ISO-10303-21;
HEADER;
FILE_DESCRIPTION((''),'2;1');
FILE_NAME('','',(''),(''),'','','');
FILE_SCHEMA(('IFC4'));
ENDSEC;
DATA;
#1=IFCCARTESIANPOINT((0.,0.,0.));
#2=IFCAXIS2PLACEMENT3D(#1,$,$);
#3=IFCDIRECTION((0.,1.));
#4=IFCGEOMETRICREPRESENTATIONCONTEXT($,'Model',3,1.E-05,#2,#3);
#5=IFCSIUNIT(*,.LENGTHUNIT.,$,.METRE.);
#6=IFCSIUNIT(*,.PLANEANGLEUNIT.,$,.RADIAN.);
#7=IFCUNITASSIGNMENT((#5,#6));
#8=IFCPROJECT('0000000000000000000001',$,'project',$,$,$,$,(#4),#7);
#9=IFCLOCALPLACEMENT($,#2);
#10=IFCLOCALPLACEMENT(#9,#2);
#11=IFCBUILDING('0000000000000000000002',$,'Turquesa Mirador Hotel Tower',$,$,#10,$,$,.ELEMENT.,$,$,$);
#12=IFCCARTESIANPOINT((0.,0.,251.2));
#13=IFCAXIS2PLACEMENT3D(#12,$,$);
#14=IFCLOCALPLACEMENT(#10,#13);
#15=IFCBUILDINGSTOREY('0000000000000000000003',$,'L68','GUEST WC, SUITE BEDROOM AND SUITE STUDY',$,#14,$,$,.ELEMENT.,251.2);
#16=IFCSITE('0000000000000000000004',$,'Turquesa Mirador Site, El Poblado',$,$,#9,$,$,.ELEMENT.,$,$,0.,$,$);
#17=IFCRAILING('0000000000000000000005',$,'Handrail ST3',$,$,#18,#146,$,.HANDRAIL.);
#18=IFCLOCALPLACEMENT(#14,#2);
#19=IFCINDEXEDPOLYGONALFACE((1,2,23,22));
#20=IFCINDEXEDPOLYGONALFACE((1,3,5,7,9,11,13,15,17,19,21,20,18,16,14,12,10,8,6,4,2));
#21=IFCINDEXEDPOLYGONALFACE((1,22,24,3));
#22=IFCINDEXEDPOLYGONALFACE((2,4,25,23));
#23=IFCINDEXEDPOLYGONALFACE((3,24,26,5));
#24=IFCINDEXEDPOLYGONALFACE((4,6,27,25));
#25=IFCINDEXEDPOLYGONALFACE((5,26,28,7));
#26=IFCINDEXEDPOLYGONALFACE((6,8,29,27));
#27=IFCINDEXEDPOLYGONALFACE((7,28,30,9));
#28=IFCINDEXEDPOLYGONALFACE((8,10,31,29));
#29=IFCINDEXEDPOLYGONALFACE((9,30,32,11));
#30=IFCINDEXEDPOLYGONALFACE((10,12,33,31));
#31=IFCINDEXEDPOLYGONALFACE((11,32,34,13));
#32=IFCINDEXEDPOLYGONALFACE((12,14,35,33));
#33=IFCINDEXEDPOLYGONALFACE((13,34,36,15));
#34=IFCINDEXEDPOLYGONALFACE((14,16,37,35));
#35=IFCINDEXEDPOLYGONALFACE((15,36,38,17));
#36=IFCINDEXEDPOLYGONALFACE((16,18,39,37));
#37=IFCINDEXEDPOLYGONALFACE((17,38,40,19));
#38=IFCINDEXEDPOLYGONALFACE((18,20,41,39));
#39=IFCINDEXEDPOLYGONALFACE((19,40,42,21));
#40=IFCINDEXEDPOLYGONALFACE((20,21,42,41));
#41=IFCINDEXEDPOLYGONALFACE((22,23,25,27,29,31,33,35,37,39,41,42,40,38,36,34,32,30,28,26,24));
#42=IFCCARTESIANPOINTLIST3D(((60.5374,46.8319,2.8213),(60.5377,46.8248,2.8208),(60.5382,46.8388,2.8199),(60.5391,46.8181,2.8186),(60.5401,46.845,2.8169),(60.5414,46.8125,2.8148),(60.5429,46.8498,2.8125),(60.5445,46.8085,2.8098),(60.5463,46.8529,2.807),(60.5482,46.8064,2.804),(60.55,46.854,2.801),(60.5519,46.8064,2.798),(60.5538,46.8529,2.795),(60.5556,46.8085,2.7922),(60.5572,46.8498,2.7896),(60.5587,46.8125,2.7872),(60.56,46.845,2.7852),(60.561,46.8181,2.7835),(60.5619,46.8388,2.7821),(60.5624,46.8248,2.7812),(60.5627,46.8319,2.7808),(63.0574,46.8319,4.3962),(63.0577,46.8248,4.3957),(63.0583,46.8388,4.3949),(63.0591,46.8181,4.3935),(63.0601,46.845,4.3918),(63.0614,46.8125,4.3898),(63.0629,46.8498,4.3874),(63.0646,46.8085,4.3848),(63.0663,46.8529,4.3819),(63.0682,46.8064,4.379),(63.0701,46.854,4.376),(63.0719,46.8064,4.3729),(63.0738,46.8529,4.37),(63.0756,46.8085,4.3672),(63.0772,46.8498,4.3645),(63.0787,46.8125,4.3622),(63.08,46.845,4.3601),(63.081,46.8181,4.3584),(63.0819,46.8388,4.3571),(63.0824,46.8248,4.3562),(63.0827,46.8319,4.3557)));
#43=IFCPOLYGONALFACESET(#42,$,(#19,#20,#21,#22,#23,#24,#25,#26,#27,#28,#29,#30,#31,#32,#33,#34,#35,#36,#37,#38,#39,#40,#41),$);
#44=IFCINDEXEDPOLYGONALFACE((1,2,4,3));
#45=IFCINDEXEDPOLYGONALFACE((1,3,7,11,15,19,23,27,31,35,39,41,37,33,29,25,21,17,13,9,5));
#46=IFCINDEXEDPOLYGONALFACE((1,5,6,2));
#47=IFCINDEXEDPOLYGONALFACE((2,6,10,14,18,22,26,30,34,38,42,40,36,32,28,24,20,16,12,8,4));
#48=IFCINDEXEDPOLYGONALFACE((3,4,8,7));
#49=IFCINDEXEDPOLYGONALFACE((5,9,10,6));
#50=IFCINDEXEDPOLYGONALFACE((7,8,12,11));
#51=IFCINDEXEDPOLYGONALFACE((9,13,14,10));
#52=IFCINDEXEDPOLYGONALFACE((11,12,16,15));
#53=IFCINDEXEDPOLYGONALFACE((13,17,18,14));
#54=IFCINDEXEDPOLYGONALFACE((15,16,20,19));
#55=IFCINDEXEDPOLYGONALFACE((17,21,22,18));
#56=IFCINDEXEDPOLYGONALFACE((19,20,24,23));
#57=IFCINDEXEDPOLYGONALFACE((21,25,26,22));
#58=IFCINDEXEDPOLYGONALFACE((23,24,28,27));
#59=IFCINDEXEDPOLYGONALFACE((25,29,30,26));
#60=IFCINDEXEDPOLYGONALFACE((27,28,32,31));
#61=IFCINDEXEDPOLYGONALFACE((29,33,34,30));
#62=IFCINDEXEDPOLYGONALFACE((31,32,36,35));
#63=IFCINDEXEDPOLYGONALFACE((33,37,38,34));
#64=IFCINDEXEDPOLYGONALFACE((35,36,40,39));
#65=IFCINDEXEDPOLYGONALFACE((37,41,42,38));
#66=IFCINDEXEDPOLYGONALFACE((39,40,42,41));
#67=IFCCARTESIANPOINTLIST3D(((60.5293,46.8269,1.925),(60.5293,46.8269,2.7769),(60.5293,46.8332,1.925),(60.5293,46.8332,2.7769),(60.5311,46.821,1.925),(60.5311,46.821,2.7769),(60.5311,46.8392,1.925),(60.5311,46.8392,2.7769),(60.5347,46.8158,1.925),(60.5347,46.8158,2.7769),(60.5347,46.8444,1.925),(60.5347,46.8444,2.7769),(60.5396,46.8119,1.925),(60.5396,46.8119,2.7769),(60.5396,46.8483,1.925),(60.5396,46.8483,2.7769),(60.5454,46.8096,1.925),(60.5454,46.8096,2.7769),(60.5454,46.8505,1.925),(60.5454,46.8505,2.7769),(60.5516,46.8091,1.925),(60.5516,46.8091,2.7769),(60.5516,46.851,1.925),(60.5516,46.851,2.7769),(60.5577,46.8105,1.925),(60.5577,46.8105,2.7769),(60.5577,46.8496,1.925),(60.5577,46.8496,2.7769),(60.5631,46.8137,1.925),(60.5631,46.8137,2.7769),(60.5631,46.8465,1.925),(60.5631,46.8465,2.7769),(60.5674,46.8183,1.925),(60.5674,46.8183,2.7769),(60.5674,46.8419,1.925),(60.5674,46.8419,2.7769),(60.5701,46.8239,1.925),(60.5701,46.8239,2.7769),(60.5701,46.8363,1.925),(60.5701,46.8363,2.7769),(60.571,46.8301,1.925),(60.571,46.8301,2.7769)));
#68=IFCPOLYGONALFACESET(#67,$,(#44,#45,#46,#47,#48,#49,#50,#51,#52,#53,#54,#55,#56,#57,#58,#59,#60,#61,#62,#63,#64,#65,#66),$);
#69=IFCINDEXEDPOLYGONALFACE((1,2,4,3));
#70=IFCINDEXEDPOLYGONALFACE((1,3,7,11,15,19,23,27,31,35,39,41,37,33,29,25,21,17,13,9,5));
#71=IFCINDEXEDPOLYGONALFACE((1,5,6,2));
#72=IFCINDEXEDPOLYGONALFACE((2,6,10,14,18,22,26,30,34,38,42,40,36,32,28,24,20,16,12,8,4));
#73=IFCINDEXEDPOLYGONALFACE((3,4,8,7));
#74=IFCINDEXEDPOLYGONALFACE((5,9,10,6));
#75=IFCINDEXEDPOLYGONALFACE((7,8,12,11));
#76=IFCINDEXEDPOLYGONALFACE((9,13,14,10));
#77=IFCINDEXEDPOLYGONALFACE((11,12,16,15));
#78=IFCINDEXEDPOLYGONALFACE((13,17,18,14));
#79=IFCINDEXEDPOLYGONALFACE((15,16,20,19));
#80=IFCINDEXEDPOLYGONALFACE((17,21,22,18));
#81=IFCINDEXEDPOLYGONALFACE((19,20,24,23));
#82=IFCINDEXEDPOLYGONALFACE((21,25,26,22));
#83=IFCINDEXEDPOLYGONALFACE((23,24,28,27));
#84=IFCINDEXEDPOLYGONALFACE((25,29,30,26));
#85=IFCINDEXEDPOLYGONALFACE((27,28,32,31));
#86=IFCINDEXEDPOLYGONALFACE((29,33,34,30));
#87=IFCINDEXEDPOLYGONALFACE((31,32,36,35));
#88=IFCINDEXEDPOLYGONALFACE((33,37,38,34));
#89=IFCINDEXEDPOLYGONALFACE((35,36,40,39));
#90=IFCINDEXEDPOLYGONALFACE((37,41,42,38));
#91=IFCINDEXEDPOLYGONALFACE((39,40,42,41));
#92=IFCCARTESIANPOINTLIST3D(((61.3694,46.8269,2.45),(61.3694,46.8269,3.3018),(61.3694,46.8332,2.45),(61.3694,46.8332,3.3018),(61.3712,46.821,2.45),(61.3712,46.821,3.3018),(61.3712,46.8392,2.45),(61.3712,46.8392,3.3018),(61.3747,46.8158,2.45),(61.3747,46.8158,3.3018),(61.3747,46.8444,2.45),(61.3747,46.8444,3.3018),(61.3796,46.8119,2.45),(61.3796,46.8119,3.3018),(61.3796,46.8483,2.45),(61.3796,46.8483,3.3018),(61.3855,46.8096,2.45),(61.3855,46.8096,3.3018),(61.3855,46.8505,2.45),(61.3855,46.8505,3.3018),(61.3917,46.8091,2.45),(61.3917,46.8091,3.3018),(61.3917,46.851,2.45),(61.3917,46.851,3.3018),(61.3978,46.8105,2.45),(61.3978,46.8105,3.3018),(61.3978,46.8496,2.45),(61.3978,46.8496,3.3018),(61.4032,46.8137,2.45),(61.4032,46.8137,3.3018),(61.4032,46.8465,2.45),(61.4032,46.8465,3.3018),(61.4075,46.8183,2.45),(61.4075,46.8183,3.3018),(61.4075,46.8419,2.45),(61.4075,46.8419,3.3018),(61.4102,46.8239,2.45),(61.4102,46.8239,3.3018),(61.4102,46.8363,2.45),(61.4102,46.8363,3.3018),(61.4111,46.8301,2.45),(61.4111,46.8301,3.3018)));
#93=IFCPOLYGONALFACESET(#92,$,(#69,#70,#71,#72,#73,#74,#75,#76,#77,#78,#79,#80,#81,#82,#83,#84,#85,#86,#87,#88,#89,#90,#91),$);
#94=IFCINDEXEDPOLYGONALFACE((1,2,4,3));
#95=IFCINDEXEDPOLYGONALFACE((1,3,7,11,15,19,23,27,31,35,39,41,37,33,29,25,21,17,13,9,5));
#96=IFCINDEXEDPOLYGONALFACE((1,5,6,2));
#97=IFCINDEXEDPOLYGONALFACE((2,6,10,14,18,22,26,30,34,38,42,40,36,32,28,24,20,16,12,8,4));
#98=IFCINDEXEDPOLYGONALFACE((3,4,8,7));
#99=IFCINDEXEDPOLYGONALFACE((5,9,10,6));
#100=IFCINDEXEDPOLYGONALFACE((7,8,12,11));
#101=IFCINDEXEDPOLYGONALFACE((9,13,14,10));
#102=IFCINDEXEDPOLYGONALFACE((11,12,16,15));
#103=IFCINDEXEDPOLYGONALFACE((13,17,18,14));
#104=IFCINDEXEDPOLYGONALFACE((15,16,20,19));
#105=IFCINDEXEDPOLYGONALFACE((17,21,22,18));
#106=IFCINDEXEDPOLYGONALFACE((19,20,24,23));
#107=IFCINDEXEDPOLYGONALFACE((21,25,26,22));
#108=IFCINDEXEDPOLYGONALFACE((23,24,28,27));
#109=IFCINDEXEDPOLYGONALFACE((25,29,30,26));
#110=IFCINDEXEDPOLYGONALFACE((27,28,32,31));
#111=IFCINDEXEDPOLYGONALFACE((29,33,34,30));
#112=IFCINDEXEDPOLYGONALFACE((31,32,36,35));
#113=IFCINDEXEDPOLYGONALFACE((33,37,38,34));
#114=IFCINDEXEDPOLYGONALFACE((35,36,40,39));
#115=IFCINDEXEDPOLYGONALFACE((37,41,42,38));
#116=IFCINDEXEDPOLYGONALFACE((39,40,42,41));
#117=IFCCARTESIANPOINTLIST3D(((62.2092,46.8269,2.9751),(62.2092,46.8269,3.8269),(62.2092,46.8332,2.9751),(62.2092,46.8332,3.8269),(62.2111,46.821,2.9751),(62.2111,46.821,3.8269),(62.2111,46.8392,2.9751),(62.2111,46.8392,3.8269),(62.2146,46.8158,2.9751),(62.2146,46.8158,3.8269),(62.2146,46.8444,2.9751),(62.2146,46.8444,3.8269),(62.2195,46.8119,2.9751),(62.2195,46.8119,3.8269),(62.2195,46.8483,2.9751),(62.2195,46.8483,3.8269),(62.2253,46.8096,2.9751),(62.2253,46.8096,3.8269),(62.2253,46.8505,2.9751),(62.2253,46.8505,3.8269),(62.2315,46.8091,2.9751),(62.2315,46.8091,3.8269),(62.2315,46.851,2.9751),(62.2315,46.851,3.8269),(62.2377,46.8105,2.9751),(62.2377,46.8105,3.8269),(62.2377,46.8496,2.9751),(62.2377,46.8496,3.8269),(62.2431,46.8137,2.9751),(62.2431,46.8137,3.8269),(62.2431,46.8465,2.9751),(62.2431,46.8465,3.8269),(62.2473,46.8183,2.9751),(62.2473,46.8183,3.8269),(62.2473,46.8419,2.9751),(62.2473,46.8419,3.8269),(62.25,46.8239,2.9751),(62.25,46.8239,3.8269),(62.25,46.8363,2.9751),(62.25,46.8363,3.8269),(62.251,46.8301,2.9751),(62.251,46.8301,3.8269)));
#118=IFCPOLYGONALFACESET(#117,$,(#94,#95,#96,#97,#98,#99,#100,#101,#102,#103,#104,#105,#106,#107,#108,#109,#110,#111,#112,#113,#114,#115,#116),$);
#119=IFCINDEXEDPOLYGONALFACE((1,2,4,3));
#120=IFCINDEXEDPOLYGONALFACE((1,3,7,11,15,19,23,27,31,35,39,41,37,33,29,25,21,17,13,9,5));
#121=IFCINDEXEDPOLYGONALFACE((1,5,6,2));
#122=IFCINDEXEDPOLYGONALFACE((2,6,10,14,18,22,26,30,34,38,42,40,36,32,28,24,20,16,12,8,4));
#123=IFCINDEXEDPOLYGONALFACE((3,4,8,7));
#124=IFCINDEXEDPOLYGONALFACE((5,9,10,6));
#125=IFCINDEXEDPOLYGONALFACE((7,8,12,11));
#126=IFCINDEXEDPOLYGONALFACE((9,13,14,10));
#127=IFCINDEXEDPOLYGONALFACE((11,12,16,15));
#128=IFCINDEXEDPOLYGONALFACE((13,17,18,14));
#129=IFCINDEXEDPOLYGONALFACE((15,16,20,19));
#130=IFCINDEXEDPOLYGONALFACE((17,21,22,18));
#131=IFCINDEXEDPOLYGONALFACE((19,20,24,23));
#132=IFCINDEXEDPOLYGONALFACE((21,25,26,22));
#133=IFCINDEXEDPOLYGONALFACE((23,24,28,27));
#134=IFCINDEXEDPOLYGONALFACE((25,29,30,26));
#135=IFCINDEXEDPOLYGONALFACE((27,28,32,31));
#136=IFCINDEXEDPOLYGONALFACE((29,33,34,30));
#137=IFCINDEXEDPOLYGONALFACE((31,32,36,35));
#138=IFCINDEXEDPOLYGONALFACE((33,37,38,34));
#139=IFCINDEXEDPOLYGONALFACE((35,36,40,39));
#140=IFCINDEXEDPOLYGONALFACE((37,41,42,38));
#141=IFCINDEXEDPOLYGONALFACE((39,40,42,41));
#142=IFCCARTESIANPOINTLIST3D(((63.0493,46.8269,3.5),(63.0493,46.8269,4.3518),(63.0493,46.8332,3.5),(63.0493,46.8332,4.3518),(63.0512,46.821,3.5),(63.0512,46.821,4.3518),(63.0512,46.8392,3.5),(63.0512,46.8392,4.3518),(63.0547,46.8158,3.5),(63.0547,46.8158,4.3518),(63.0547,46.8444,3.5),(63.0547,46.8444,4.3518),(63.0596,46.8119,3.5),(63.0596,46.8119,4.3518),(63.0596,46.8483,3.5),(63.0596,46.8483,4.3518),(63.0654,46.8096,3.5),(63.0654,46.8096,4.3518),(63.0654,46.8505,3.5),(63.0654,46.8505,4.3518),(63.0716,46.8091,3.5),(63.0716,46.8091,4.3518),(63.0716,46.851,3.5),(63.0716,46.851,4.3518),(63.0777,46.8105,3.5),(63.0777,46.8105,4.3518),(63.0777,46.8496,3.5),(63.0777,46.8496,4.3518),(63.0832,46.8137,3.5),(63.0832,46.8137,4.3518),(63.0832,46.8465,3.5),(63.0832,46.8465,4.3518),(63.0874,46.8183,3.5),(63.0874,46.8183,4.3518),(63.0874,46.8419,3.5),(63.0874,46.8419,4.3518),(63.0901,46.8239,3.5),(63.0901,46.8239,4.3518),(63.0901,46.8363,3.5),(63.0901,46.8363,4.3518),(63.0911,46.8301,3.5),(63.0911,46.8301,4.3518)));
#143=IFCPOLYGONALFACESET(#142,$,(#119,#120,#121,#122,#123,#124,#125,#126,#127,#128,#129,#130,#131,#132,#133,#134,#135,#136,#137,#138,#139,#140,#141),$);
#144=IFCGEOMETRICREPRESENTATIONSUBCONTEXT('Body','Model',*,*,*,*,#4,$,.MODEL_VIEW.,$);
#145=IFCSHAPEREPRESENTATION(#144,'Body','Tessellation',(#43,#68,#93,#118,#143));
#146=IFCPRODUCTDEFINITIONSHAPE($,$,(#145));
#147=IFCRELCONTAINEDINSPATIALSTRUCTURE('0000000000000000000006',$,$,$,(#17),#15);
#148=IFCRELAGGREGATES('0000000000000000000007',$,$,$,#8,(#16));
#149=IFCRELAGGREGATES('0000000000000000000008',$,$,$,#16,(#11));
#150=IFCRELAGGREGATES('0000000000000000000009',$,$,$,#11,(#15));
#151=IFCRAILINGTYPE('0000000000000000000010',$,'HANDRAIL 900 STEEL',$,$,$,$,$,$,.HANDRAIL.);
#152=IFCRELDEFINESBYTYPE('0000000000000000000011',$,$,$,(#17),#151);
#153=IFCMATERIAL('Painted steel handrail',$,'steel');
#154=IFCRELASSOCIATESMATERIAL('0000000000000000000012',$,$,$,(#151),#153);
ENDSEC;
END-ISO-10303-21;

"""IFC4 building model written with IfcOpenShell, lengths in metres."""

from ifc_helpers import new_model, si_unit, direction, frame, origin, origin_2d, place, context, subcontext, project, spatial, circle, extrude, material, type_object, element, save


model = new_model("IFC4")

# Units and contexts
model_context = context("Model", 3, precision=1e-05, world=origin(), true_north=direction((0.0, 1.0)))
body_context = subcontext(model_context, "Body", "Model", "MODEL_VIEW")
ifc_project = project(units=[si_unit("LENGTHUNIT", "METRE"), si_unit("PLANEANGLEUNIT", "RADIAN")], contexts=[model_context])

# Site, building, storey
site_placement = place(None, origin())
site = spatial("IfcSite", under=ifc_project, at=site_placement, Name="Turquesa Mirador Site, El Poblado", CompositionType="ELEMENT", RefElevation=0.0)
building_placement = place(site_placement, origin())
building = spatial("IfcBuilding", under=site, at=building_placement, Name="Turquesa Mirador Hotel Tower", CompositionType="ELEMENT")
storey_placement = place(building_placement, frame((0.0, 0.0, 251.2)))
storey = spatial("IfcBuildingStorey", under=building, at=storey_placement, Name="L68", Description="GUEST WC, SUITE BEDROOM AND SUITE STUDY", CompositionType="ELEMENT", Elevation=251.2)

# Railing
ifc_material_1 = material(Name="Painted steel handrail", Category="steel")
railing_type = type_object("IfcRailingType", Name="HANDRAIL 900 STEEL", PredefinedType="HANDRAIL", material=ifc_material_1)
railing_1_placement = place(storey_placement, frame((60.55, 46.8301, 1.925)))
element("IfcRailing", 1, at=railing_1_placement, inside=storey, type_object=railing_type, Name="Handrail ST3", PredefinedType="HANDRAIL", context=body_context, shape_type="SweptSolid", body=[
    extrude(circle(Radius=0.0239, at=origin_2d()), frame((0.0, 0.0, 0.876), z_axis=(0.848008, 0.0, 0.529984), x_axis=(0.0, 1.0, 0.0)), (0.0, 0.0, 1.0), 2.9717),
    extrude(circle(Radius=0.021, at=origin_2d()), origin(), (0.0, 0.0, 1.0), 0.8518),
    extrude(circle(Radius=0.021, at=origin_2d()), frame((0.8401, 0.0, 0.5249)), (0.0, 0.0, 1.0), 0.8518),
    extrude(circle(Radius=0.021, at=origin_2d()), frame((1.6799, 0.0, 1.05)), (0.0, 0.0, 1.0), 0.8518),
    extrude(circle(Radius=0.021, at=origin_2d()), frame((2.52, 0.0, 1.575)), (0.0, 0.0, 1.0), 0.8518),
])

save(model, "model.ifc")
